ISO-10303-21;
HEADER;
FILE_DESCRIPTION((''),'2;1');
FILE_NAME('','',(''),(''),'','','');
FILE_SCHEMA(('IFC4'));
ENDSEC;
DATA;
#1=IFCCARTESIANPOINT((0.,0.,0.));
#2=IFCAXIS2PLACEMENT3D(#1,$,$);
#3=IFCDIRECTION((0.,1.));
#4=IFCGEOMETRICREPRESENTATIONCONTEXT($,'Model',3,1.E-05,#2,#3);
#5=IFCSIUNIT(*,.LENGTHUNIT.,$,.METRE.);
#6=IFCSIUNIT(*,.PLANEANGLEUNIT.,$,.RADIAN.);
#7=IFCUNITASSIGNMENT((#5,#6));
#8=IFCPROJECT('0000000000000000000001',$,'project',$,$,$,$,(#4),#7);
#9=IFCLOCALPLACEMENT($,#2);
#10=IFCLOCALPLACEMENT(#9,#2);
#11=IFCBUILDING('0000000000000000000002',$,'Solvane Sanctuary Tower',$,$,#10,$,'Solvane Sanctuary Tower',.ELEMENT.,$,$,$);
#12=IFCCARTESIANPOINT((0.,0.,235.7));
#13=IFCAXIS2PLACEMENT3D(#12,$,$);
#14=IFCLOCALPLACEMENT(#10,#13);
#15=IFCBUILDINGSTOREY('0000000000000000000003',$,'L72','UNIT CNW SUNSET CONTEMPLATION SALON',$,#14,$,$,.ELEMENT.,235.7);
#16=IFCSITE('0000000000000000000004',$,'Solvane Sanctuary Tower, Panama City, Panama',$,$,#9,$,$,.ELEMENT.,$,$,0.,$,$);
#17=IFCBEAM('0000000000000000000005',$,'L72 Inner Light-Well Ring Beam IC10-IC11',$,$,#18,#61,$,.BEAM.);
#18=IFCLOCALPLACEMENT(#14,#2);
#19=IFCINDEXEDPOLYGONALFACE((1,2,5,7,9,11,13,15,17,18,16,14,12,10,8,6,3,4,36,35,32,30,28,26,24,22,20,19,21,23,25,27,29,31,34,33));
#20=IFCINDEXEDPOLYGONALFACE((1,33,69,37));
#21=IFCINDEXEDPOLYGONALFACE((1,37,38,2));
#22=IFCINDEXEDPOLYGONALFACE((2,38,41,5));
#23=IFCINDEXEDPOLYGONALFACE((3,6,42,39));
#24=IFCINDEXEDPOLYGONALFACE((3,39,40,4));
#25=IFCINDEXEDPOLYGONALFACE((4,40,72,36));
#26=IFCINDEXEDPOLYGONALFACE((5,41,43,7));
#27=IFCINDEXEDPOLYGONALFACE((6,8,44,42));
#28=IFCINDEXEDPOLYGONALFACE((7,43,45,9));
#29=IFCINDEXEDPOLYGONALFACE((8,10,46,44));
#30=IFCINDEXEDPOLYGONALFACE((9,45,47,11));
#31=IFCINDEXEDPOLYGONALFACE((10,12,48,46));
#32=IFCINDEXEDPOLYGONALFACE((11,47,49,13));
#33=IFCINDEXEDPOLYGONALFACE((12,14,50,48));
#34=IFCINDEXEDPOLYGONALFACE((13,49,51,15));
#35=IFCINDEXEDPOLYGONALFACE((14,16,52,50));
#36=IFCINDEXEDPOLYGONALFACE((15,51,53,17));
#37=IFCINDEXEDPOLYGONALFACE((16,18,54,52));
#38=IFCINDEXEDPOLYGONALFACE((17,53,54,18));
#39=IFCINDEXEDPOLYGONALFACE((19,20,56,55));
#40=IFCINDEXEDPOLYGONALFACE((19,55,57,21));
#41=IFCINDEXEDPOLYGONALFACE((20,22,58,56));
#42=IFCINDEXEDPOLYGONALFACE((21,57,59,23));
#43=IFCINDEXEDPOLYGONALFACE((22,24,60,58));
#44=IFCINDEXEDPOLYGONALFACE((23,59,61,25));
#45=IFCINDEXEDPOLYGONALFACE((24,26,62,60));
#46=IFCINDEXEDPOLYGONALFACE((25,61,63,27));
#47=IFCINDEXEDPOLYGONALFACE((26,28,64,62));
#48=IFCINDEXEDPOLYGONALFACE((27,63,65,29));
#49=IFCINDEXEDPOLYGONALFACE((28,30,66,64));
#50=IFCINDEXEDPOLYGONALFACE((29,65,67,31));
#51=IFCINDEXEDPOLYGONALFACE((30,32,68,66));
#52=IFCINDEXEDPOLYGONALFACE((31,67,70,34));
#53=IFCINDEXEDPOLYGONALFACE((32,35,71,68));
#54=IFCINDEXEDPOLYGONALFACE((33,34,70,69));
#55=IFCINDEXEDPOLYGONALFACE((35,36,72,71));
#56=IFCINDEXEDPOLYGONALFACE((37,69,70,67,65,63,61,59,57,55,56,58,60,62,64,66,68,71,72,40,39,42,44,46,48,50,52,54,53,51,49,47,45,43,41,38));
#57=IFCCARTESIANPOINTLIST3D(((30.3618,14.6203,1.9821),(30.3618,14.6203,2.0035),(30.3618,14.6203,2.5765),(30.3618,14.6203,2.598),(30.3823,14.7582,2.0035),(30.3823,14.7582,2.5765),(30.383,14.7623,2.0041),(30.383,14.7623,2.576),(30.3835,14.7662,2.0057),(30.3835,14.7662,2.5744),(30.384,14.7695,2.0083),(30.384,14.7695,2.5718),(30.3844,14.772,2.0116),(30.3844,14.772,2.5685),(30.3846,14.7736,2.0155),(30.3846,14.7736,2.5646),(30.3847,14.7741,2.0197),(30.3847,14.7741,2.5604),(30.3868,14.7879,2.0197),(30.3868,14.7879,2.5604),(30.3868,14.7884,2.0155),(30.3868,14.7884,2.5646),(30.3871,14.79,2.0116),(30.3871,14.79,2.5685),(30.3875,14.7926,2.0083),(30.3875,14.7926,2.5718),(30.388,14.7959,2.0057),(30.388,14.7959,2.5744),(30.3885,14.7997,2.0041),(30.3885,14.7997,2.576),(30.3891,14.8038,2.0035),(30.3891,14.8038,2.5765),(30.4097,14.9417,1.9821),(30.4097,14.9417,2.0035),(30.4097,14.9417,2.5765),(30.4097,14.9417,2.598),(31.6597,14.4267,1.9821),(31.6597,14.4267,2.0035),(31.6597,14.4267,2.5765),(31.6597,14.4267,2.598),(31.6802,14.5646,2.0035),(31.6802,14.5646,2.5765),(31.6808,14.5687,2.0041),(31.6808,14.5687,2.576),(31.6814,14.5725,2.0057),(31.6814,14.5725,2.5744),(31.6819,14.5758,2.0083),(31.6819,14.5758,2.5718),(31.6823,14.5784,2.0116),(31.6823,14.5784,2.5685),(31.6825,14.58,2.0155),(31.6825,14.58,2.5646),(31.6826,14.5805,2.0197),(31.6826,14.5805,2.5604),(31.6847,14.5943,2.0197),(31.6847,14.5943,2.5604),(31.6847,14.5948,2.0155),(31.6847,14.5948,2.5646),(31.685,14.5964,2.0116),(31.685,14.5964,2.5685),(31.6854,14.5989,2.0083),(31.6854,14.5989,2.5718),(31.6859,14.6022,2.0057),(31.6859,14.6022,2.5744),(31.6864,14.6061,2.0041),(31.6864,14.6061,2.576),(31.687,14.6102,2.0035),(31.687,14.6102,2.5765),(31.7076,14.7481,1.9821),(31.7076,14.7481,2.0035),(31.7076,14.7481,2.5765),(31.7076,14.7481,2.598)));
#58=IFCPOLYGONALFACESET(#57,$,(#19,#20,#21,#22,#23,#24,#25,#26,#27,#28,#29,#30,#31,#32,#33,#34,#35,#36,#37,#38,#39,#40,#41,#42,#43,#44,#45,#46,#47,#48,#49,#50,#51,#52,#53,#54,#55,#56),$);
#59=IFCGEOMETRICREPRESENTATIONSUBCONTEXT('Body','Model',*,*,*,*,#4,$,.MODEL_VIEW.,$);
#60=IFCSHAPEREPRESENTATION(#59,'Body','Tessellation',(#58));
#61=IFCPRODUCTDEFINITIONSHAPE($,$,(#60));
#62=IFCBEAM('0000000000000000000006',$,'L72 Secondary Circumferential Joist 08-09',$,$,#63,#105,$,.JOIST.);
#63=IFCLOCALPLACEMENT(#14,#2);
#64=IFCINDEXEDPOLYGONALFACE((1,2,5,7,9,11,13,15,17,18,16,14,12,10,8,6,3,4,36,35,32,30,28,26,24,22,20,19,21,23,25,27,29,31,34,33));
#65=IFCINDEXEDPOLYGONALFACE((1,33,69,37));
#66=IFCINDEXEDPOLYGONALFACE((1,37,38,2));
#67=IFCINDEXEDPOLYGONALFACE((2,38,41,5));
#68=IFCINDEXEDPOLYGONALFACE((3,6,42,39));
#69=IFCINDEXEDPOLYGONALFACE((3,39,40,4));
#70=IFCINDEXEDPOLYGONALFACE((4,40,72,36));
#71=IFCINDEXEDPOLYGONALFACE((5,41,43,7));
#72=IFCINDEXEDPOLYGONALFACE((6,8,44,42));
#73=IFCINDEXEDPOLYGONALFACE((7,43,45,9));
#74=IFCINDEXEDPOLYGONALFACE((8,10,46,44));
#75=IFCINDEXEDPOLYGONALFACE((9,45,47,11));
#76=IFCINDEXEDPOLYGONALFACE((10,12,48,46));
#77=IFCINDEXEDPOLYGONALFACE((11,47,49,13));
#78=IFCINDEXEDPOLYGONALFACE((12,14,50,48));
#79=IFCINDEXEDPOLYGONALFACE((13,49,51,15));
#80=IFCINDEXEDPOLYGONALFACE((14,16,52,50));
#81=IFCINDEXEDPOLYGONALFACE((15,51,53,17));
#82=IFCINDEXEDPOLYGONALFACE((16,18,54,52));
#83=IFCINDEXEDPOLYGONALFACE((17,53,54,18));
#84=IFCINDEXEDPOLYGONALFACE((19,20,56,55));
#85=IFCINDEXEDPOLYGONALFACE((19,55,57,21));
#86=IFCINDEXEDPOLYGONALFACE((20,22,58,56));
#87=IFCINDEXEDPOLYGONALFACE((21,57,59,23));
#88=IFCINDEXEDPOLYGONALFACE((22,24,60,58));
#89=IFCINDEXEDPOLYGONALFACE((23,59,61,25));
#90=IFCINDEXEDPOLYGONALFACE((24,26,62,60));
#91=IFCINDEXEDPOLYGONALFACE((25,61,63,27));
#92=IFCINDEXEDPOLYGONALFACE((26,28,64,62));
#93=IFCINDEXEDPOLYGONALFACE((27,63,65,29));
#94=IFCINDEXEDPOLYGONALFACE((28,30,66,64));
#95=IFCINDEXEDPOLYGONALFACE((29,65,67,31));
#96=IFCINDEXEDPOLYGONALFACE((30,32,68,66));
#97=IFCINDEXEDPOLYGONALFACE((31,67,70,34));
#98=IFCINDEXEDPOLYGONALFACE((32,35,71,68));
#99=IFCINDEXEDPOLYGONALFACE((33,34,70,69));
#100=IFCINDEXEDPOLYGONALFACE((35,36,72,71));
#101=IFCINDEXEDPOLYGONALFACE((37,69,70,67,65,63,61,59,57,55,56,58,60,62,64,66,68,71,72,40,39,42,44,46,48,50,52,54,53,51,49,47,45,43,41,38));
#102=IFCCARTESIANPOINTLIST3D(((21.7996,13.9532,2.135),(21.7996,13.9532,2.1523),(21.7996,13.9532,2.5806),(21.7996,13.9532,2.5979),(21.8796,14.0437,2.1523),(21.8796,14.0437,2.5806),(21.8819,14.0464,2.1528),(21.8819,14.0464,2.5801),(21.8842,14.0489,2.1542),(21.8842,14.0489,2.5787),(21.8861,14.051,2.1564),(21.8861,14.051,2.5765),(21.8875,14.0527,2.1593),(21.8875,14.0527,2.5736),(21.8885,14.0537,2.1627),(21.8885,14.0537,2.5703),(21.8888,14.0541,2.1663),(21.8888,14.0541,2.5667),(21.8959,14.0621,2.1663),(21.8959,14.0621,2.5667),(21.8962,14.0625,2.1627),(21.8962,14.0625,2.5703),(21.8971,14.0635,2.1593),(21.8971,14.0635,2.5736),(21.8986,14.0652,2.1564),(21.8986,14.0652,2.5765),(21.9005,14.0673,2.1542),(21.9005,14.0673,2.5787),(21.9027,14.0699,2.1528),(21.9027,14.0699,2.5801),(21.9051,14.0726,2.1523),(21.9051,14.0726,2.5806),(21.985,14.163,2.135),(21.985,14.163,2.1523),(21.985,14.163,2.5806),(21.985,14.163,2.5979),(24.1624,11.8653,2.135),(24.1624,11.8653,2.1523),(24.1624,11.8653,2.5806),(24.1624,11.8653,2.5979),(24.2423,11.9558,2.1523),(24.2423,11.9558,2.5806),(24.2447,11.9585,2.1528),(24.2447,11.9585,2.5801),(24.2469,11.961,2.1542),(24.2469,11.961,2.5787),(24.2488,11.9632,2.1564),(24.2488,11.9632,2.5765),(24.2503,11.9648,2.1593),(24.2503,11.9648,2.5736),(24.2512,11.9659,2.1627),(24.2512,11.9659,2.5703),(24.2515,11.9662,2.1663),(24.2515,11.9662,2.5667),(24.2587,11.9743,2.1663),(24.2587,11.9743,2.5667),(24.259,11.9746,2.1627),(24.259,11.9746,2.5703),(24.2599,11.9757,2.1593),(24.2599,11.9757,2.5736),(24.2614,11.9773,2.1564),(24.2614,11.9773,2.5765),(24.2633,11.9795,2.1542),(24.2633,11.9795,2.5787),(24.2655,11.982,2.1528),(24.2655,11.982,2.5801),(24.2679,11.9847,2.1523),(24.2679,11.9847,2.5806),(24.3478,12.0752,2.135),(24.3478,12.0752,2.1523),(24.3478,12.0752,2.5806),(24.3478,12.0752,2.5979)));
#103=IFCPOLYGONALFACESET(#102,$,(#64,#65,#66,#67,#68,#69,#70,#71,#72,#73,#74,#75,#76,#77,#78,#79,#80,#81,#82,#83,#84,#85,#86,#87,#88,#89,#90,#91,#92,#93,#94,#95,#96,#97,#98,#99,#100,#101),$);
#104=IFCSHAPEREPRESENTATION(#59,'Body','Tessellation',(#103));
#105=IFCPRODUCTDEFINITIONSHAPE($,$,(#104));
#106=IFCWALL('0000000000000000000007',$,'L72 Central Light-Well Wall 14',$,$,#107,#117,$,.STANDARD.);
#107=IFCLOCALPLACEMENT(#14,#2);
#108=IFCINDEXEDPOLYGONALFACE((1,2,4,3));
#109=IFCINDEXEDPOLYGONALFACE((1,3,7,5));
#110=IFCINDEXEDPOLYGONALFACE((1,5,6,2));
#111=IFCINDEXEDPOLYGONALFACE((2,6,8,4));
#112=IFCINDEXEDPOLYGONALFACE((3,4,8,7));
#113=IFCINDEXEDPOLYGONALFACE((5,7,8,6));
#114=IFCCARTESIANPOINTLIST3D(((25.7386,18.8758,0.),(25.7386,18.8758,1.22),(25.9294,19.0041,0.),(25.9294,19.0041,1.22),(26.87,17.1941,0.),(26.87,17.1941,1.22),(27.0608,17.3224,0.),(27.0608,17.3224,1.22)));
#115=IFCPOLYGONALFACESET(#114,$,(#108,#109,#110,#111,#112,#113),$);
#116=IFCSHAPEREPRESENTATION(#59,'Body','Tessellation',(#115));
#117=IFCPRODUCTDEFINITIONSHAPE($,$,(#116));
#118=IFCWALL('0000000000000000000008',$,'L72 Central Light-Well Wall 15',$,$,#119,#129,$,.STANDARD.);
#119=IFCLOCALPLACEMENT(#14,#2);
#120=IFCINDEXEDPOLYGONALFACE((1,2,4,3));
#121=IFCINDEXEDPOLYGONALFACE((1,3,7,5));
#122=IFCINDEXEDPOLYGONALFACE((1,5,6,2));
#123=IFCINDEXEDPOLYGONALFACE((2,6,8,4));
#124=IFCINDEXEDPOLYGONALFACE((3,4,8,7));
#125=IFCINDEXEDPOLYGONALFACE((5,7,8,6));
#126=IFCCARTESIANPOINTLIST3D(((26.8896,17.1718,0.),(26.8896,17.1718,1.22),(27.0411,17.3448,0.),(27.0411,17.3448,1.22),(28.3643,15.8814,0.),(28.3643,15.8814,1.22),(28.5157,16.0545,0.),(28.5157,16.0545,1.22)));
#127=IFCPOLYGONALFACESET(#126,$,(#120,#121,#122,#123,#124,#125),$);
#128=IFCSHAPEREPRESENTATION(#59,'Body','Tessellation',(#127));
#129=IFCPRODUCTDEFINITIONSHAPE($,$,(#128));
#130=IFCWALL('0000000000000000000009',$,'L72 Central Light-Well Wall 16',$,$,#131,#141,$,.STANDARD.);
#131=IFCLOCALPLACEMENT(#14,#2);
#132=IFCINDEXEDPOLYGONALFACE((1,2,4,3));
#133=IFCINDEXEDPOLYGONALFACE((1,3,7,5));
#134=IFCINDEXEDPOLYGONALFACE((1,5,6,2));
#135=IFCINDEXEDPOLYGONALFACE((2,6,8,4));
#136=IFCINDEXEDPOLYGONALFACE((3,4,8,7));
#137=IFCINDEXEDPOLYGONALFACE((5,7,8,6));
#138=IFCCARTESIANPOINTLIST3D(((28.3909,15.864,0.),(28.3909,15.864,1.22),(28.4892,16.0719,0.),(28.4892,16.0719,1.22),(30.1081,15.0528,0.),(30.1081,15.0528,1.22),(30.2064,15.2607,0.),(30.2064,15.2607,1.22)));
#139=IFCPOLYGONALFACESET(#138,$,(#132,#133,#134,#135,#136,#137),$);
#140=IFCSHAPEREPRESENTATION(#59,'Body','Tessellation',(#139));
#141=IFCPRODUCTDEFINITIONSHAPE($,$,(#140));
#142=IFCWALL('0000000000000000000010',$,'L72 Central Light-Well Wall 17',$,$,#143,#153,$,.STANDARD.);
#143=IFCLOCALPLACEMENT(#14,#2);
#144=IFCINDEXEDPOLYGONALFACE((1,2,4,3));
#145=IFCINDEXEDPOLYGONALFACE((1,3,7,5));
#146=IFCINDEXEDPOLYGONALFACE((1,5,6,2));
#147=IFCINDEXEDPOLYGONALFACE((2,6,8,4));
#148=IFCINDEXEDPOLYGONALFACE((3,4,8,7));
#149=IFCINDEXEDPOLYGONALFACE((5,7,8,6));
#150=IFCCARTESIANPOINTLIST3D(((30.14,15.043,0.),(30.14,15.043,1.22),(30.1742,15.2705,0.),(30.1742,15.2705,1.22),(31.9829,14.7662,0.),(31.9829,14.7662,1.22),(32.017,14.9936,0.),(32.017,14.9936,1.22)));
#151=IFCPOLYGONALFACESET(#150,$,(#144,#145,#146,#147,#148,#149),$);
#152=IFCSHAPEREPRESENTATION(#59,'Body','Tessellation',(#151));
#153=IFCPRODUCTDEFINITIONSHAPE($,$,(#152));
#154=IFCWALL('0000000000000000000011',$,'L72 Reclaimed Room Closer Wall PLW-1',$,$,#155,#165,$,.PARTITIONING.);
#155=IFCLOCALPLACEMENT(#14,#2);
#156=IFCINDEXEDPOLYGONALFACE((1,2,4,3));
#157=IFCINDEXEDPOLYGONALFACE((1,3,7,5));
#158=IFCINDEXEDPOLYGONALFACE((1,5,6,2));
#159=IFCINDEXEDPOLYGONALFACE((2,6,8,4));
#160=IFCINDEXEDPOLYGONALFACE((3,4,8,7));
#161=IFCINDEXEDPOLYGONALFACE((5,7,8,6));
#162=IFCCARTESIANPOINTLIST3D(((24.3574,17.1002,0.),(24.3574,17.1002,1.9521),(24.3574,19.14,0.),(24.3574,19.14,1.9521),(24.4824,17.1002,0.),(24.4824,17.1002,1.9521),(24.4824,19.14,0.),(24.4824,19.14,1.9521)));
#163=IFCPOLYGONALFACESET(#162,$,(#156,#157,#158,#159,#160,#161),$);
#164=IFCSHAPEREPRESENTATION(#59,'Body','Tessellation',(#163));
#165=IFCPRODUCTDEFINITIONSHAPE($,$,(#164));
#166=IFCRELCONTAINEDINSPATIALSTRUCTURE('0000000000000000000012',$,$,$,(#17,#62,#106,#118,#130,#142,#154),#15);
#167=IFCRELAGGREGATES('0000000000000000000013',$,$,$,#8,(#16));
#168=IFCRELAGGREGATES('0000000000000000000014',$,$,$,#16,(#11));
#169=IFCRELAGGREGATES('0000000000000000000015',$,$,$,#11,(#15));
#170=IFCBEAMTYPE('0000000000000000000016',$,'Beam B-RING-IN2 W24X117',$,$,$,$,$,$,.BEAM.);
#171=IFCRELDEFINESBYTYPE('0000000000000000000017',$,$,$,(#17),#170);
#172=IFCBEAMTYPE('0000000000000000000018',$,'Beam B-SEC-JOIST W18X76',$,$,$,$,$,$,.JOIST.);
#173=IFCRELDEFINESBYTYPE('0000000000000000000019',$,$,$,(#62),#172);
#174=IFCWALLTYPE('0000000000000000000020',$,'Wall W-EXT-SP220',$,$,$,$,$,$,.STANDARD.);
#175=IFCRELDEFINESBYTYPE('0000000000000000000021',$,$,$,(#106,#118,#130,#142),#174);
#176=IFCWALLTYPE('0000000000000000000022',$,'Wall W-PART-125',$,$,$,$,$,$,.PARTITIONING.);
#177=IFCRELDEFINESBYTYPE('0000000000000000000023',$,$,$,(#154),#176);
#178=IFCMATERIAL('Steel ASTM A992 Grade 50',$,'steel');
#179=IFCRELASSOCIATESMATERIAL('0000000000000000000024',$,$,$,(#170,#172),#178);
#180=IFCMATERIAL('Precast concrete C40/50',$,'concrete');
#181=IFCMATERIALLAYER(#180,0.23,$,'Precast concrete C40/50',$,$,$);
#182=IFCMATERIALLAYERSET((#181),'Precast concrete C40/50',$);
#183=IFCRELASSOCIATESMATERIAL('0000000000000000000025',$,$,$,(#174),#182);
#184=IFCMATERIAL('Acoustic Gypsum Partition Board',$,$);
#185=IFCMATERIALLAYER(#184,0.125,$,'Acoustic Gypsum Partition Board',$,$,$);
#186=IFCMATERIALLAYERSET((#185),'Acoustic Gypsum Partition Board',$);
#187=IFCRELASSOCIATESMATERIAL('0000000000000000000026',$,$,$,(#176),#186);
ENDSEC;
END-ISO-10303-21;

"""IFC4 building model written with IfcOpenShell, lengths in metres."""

from ifc_helpers import new_model, si_unit, direction, frame, frame_2d, origin, origin_2d, place, context, subcontext, project, spatial, rectangle, i_section, extrude, material, layer, layer_set, material_profile, profile_set, type_object, element, save


model = new_model("IFC4")

# Units and contexts
model_context = context("Model", 3, precision=1e-05, world=origin(), true_north=direction((0.0, 1.0)))
body_context = subcontext(model_context, "Body", "Model", "MODEL_VIEW")
ifc_project = project(units=[si_unit("LENGTHUNIT", "METRE"), si_unit("PLANEANGLEUNIT", "RADIAN")], contexts=[model_context])

# Site, building, storey
site_placement = place(None, origin())
site = spatial("IfcSite", under=ifc_project, at=site_placement, Name="Solvane Sanctuary Tower, Panama City, Panama", CompositionType="ELEMENT", RefElevation=0.0)
building_placement = place(site_placement, origin())
building = spatial("IfcBuilding", under=site, at=building_placement, Name="Solvane Sanctuary Tower", LongName="Solvane Sanctuary Tower", CompositionType="ELEMENT")
storey_placement = place(building_placement, frame((0.0, 0.0, 235.7)))
storey = spatial("IfcBuildingStorey", under=building, at=storey_placement, Name="L72", Description="UNIT CNW SUNSET CONTEMPLATION SALON", CompositionType="ELEMENT", Elevation=235.7)

# Beams
ifc_material_1 = material(Name="Steel ASTM A992 Grade 50", Category="steel")
ifc_material_profile_1 = material_profile(ifc_material_1, i_section(OverallWidth=0.325, OverallDepth=0.616, WebThickness=0.0139, FlangeThickness=0.0215, FilletRadius=0.0161, at=origin_2d()), Name="W24X117")
ifc_profile_set_1 = profile_set([ifc_material_profile_1], Name="Steel ASTM A992 Grade 50")
beam_type_1 = type_object("IfcBeamType", Name="Beam B-RING-IN2 W24X117", PredefinedType="BEAM", material=ifc_profile_set_1)
beam_1_placement = place(storey_placement, frame((30.3857, 14.781, 2.29), z_axis=(0.989056, -0.14754, 0.0), x_axis=(0.14754, 0.989056, 0.0)))
element("IfcBeam", 1, at=beam_1_placement, inside=storey, type_object=beam_type_1, Name="L72 Inner Light-Well Ring Beam IC10-IC11", PredefinedType="BEAM", context=body_context, shape_type="SweptSolid", body=[
    extrude(i_section(OverallWidth=0.325, OverallDepth=0.616, WebThickness=0.0139, FlangeThickness=0.0215, FilletRadius=0.0161, at=origin_2d()), origin(), (0.0, 0.0, 1.0), 1.3123),
])
ifc_material_profile_2 = material_profile(ifc_material_1, i_section(OverallWidth=0.28, OverallDepth=0.4629, WebThickness=0.0107, FlangeThickness=0.0173, FilletRadius=0.0139, at=origin_2d()), Name="W18X76")
ifc_profile_set_2 = profile_set([ifc_material_profile_2], Name="Steel ASTM A992 Grade 50")
beam_type_2 = type_object("IfcBeamType", Name="Beam B-SEC-JOIST W18X76", PredefinedType="JOIST", material=ifc_profile_set_2)
beam_2_placement = place(storey_placement, frame((21.8923, 14.0581, 2.3665), z_axis=(0.749354, -0.662169, 0.0), x_axis=(0.662169, 0.749354, 0.0)))
element("IfcBeam", 2, at=beam_2_placement, inside=storey, type_object=beam_type_2, Name="L72 Secondary Circumferential Joist 08-09", PredefinedType="JOIST", context=body_context, shape_type="SweptSolid", body=[
    extrude(i_section(OverallWidth=0.28, OverallDepth=0.4629, WebThickness=0.0107, FlangeThickness=0.0173, FilletRadius=0.0139, at=origin_2d()), origin(), (0.0, 0.0, 1.0), 3.1531),
])

# Walls
ifc_material_2 = material(Name="Precast concrete C40/50", Category="concrete")
ifc_layer_1 = layer(ifc_material_2, 0.23, Name="Precast concrete C40/50")
ifc_layer_set_1 = layer_set([ifc_layer_1], Name="Precast concrete C40/50")
wall_type_1 = type_object("IfcWallType", Name="Wall W-EXT-SP220", PredefinedType="STANDARD", material=ifc_layer_set_1)
wall_1_placement = place(storey_placement, frame((25.834, 18.9399, 0.0), z_axis=(0.0, 0.0, 1.0), x_axis=(0.558198, -0.829708, 0.0)))
element("IfcWall", 3, at=wall_1_placement, inside=storey, type_object=wall_type_1, Name="L72 Central Light-Well Wall 14", PredefinedType="STANDARD", context=body_context, shape_type="SweptSolid", body=[
    extrude(rectangle(XDim=2.0269, YDim=0.23, at=frame_2d((1.0134, 0.0))), origin(), (0.0, 0.0, 1.0), 1.22),
])
wall_2_placement = place(storey_placement, frame((26.9653, 17.2583, 0.0), z_axis=(0.0, 0.0, 1.0), x_axis=(0.752577, -0.658505, 0.0)))
element("IfcWall", 4, at=wall_2_placement, inside=storey, type_object=wall_type_1, Name="L72 Central Light-Well Wall 15", PredefinedType="STANDARD", context=body_context, shape_type="SweptSolid", body=[
    extrude(rectangle(XDim=1.9595, YDim=0.23, at=frame_2d((0.9797, 0.0))), origin(), (0.0, 0.0, 1.0), 1.22),
])
wall_3_placement = place(storey_placement, frame((28.4399, 15.968, 0.0), z_axis=(0.0, 0.0, 1.0), x_axis=(0.90418, -0.427152, 0.0)))
element("IfcWall", 5, at=wall_3_placement, inside=storey, type_object=wall_type_1, Name="L72 Central Light-Well Wall 16", PredefinedType="STANDARD", context=body_context, shape_type="SweptSolid", body=[
    extrude(rectangle(XDim=1.8992, YDim=0.23, at=frame_2d((0.9497, 0.0))), origin(), (0.0, 0.0, 1.0), 1.22),
])
wall_4_placement = place(storey_placement, frame((30.1572, 15.1567, 0.0), z_axis=(0.0, 0.0, 1.0), x_axis=(0.988902, -0.148571, 0.0)))
element("IfcWall", 6, at=wall_4_placement, inside=storey, type_object=wall_type_1, Name="L72 Central Light-Well Wall 17", PredefinedType="STANDARD", context=body_context, shape_type="SweptSolid", body=[
    extrude(rectangle(XDim=1.8635, YDim=0.23, at=frame_2d((0.9316, 0.0))), origin(), (0.0, 0.0, 1.0), 1.22),
])
ifc_material_3 = material(Name="Acoustic Gypsum Partition Board")
ifc_layer_2 = layer(ifc_material_3, 0.125, Name="Acoustic Gypsum Partition Board")
ifc_layer_set_2 = layer_set([ifc_layer_2], Name="Acoustic Gypsum Partition Board")
wall_type_2 = type_object("IfcWallType", Name="Wall W-PART-125", PredefinedType="PARTITIONING", material=ifc_layer_set_2)
wall_5_placement = place(storey_placement, frame((24.4199, 17.1001, 0.0), z_axis=(0.0, 0.0, 1.0), x_axis=(0.0, 1.0, 0.0)))
element("IfcWall", 7, at=wall_5_placement, inside=storey, type_object=wall_type_2, Name="L72 Reclaimed Room Closer Wall PLW-1", PredefinedType="PARTITIONING", context=body_context, shape_type="SweptSolid", body=[
    extrude(rectangle(XDim=2.0398, YDim=0.125, at=frame_2d((1.02, 0.0))), origin(), (0.0, 0.0, 1.0), 1.9521),
])

save(model, "model.ifc")
